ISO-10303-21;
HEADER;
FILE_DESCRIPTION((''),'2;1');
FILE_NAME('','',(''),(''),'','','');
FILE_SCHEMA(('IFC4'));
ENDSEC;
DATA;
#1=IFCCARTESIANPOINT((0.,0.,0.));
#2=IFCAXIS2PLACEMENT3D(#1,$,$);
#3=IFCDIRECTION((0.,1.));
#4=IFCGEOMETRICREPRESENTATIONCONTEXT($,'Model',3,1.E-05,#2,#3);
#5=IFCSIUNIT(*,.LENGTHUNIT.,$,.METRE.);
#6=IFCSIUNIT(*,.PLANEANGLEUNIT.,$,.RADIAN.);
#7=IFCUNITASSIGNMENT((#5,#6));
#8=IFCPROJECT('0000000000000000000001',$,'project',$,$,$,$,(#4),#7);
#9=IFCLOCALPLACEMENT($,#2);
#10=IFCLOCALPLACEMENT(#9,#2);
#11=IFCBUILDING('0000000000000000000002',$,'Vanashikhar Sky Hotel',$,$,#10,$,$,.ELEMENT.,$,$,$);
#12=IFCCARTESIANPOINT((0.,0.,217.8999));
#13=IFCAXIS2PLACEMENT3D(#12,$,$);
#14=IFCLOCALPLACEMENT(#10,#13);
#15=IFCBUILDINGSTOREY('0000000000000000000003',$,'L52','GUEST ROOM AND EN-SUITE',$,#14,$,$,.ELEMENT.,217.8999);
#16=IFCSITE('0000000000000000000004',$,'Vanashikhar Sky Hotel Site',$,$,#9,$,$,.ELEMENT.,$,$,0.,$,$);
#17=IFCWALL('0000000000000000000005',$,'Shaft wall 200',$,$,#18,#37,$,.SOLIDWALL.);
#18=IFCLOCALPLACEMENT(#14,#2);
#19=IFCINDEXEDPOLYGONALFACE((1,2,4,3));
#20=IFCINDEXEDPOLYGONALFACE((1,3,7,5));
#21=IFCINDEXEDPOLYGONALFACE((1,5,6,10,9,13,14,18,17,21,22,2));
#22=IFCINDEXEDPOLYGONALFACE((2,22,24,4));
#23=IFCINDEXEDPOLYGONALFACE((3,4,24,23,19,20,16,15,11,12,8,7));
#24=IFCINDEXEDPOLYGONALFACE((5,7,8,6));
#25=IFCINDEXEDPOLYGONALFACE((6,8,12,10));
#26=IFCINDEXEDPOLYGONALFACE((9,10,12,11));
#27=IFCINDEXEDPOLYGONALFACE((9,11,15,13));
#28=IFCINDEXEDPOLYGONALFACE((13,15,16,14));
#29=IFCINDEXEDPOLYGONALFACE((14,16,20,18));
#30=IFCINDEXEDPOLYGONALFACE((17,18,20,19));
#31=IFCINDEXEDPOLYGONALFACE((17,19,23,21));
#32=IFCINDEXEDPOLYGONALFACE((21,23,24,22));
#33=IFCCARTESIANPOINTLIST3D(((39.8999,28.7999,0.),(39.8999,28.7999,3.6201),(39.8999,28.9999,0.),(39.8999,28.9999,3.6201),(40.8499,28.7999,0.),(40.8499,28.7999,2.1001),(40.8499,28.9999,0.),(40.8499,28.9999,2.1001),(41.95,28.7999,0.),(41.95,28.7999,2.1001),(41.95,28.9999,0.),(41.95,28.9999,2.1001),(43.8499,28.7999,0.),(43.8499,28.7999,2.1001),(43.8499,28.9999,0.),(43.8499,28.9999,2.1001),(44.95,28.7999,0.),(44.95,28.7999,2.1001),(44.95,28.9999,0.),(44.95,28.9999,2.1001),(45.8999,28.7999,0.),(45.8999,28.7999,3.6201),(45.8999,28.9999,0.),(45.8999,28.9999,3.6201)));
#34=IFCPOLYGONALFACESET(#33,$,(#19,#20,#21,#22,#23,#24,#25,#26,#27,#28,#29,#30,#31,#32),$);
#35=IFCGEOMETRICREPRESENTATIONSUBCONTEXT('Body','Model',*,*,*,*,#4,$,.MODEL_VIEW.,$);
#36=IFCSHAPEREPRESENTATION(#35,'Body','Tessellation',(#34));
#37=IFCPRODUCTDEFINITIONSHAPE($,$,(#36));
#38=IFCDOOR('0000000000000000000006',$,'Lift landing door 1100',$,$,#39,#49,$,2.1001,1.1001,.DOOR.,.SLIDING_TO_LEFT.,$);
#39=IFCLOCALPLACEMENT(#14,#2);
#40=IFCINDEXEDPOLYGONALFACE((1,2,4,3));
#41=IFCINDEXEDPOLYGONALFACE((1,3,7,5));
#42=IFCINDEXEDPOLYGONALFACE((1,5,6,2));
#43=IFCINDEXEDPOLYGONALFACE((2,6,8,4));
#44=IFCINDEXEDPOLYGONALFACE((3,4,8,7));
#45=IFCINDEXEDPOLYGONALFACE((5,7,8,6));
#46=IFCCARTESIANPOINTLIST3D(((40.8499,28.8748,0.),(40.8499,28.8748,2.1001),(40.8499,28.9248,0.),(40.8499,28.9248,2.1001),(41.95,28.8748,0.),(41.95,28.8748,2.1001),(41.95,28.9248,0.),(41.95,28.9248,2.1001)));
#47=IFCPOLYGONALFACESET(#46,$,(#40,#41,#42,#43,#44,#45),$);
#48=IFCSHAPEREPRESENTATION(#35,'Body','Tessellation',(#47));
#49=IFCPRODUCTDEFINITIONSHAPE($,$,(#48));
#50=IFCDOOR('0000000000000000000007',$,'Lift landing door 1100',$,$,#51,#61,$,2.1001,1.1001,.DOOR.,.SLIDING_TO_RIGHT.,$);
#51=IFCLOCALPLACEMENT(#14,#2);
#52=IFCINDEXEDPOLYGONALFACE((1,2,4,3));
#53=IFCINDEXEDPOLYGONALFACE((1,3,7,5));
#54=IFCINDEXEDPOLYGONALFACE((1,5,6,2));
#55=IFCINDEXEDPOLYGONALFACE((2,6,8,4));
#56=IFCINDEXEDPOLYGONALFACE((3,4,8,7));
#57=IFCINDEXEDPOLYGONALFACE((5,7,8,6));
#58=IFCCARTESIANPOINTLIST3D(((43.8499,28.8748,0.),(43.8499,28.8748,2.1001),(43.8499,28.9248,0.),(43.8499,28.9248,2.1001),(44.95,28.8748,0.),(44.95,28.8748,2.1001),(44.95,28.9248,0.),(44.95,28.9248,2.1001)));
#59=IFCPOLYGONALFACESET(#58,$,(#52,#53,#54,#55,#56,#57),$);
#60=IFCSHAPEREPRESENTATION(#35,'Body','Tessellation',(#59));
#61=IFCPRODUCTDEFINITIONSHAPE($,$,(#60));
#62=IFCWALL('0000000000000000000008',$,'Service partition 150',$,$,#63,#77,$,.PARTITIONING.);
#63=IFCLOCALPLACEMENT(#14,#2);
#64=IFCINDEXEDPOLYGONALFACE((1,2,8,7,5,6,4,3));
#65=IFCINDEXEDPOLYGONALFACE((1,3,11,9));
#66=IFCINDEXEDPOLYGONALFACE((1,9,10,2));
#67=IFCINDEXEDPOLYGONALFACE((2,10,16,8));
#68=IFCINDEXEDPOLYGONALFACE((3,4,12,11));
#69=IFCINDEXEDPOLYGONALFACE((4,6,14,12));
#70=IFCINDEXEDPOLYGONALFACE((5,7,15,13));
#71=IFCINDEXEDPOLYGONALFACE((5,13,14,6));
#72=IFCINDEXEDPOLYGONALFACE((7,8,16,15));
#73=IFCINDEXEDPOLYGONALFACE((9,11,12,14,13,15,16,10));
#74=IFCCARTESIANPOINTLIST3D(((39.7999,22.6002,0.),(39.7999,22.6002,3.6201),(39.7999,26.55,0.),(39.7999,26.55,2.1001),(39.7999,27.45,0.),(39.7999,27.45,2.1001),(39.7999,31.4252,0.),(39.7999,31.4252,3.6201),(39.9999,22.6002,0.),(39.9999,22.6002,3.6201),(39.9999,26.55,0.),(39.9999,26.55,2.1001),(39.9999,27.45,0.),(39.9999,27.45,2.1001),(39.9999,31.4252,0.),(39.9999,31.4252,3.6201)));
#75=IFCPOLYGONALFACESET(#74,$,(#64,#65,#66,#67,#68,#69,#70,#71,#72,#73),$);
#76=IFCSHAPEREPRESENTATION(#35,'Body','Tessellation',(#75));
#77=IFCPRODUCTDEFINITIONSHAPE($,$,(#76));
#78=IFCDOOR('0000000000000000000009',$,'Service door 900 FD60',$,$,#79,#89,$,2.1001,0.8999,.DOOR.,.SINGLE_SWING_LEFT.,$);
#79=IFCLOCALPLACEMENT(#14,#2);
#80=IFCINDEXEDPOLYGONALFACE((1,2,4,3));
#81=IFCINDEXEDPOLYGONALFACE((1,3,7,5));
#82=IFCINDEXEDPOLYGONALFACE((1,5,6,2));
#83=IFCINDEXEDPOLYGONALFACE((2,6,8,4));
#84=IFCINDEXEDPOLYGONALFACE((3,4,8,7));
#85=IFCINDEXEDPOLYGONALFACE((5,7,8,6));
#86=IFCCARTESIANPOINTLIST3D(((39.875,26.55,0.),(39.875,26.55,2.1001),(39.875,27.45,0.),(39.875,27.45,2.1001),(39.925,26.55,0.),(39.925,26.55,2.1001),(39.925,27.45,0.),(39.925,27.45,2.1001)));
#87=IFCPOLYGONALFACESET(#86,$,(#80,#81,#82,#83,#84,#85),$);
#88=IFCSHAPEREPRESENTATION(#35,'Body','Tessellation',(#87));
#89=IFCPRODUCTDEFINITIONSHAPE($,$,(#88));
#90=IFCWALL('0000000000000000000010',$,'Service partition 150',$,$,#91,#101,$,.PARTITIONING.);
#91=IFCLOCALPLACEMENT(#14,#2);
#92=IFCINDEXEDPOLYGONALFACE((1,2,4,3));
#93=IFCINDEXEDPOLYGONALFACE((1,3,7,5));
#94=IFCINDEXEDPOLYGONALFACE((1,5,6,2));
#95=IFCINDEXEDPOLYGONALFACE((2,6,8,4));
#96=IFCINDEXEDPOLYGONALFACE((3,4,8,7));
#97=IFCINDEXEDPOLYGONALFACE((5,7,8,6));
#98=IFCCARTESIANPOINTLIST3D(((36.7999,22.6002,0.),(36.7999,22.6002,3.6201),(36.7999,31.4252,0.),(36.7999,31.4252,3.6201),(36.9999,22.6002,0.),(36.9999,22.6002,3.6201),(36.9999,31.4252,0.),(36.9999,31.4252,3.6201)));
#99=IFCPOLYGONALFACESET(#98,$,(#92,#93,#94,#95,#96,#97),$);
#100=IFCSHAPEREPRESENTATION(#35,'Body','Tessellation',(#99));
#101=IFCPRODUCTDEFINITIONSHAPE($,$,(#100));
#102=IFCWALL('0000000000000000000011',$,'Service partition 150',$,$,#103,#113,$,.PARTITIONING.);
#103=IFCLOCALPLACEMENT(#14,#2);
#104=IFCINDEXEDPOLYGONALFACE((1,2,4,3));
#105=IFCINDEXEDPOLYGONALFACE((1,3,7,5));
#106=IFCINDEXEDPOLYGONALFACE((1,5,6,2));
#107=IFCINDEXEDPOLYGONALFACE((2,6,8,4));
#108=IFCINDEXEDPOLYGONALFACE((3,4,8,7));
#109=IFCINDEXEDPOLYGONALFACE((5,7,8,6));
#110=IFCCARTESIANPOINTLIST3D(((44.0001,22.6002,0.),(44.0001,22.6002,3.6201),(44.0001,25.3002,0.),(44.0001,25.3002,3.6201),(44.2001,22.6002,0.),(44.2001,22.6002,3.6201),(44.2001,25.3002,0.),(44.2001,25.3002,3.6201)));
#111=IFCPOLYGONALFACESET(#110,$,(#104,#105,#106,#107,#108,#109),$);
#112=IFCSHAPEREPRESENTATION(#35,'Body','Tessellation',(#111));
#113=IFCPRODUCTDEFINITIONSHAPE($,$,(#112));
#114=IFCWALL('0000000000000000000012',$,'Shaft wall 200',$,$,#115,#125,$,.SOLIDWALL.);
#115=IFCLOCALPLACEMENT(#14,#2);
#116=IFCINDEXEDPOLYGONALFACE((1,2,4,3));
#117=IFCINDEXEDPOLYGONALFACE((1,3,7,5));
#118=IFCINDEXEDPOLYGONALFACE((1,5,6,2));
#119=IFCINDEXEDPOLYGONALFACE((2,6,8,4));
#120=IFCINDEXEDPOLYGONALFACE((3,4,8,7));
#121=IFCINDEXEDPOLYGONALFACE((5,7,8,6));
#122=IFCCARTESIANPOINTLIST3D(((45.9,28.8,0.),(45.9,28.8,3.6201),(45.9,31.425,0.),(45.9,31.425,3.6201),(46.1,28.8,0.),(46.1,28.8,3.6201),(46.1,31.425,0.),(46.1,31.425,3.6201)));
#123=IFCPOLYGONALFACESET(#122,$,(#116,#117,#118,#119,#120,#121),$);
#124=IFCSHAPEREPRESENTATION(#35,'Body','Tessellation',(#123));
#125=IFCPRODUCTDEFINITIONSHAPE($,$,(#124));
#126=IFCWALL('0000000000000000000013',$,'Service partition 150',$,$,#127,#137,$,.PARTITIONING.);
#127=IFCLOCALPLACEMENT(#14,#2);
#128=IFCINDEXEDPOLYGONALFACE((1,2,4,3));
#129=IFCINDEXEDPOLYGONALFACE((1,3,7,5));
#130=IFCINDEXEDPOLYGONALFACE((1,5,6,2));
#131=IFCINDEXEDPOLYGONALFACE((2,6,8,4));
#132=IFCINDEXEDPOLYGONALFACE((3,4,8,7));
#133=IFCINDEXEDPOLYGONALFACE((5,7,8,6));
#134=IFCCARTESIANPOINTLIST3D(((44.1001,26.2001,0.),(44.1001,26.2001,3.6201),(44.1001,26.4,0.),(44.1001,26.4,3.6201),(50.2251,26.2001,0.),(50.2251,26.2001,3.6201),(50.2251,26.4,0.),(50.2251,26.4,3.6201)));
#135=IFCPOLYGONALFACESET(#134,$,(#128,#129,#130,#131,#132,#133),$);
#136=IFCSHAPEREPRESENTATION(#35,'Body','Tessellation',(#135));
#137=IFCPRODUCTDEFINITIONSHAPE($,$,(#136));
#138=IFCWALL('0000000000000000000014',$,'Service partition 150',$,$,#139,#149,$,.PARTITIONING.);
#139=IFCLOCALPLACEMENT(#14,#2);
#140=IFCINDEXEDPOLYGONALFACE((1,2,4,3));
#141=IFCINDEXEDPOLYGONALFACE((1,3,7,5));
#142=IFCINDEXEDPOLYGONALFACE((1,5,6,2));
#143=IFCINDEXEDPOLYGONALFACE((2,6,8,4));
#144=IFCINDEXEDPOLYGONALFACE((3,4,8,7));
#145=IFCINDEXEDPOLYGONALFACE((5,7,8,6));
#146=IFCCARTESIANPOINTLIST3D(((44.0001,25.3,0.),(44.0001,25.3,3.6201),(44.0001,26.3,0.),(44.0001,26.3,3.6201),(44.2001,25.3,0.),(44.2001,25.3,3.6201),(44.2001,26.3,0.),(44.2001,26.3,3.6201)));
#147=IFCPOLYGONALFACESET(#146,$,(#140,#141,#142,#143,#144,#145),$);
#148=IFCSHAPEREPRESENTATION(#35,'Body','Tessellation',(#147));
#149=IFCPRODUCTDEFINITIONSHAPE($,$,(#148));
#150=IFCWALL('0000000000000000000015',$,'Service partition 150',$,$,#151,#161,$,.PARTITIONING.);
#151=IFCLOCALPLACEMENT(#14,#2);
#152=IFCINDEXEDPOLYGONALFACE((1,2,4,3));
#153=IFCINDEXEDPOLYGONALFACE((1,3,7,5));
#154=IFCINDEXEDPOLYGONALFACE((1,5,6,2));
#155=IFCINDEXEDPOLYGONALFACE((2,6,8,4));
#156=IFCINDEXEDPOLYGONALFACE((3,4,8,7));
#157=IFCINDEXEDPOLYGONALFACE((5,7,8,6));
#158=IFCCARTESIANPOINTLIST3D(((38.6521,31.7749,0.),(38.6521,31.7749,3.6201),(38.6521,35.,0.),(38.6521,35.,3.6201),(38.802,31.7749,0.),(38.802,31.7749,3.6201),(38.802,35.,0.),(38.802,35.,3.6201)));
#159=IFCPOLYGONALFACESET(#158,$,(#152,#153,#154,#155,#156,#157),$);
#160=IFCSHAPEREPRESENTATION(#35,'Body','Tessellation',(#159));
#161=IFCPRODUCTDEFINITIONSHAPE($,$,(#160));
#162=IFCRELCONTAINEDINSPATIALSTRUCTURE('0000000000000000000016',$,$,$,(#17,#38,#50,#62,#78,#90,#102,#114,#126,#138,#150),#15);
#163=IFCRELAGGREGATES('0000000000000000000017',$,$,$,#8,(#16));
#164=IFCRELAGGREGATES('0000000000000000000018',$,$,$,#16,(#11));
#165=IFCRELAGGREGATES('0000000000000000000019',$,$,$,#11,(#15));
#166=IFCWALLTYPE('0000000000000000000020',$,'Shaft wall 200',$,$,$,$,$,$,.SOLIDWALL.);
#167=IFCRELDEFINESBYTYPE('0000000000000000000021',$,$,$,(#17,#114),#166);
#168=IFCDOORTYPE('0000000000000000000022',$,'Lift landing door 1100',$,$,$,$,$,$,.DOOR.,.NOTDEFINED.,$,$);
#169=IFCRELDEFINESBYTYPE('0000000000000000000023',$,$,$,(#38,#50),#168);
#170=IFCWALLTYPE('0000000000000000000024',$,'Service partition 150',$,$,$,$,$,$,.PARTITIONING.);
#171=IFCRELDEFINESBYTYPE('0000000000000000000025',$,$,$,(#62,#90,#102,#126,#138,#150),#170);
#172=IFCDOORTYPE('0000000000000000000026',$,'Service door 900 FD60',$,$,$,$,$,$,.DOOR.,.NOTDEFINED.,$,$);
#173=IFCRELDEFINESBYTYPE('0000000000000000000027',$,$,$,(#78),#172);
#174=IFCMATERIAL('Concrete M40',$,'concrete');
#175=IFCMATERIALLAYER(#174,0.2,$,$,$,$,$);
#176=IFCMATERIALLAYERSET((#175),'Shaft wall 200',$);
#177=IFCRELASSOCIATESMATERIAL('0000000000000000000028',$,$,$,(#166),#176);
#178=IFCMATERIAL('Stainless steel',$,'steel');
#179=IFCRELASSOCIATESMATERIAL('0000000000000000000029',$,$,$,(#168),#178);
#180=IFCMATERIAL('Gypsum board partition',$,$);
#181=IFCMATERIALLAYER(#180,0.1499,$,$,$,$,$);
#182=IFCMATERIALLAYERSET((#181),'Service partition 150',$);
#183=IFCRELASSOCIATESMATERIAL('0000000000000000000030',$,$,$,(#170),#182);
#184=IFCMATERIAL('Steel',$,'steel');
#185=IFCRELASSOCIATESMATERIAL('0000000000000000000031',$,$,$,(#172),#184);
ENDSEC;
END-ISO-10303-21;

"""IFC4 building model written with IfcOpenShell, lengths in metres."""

from ifc_helpers import new_model, si_unit, direction, frame, frame_2d, origin, place, context, subcontext, project, spatial, rectangle, extrude, source, transform, mapped, material, layer, layer_set, type_object, element, fill, save


model = new_model("IFC4")

# Units and contexts
model_context = context("Model", 3, precision=1e-05, world=origin(), true_north=direction((0.0, 1.0)))
body_context = subcontext(model_context, "Body", "Model", "MODEL_VIEW")
ifc_project = project(units=[si_unit("LENGTHUNIT", "METRE"), si_unit("PLANEANGLEUNIT", "RADIAN")], contexts=[model_context])

# Site, building, storey
site_placement = place(None, origin())
site = spatial("IfcSite", under=ifc_project, at=site_placement, Name="Vanashikhar Sky Hotel Site", CompositionType="ELEMENT", RefElevation=0.0)
building_placement = place(site_placement, origin())
building = spatial("IfcBuilding", under=site, at=building_placement, Name="Vanashikhar Sky Hotel", CompositionType="ELEMENT")
storey_placement = place(building_placement, frame((0.0, 0.0, 217.8999)))
storey = spatial("IfcBuildingStorey", under=building, at=storey_placement, Name="L52", Description="GUEST ROOM AND EN-SUITE", CompositionType="ELEMENT", Elevation=217.8999)

# Wall, openings, doors
ifc_material_1 = material(Name="Concrete M40", Category="concrete")
ifc_layer_1 = layer(ifc_material_1, 0.2)
ifc_layer_set_1 = layer_set([ifc_layer_1], Name="Shaft wall 200")
wall_type_1 = type_object("IfcWallType", Name="Shaft wall 200", PredefinedType="SOLIDWALL", material=ifc_layer_set_1)
shared_shape_1 = source(origin(), body_context, "Body", "SweptSolid", [
    extrude(rectangle(XDim=6.0, YDim=0.2, at=frame_2d((3.0, 0.0))), origin(), (0.0, 0.0, 1.0), 3.6201),
])
wall_1_placement = place(storey_placement, frame((39.8999, 28.8999, 0.0), z_axis=(0.0, 0.0, 1.0), x_axis=(1.0, 0.0, 0.0)))
wall_1 = element("IfcWall", 1, at=wall_1_placement, inside=storey, type_object=wall_type_1, Name="Shaft wall 200", PredefinedType="SOLIDWALL", context=body_context, shape_type="MappedRepresentation", body=[
    mapped(shared_shape_1, transform((0.0, 0.0, 0.0), scale=1.0)),
])
shared_shape_2 = source(origin(), body_context, "Body", "SweptSolid", [
    extrude(rectangle(XDim=1.1001, YDim=2.1001, at=frame_2d((0.55, 1.05))), frame((0.0, 0.1099, 0.0), z_axis=(0.0, -1.0, 0.0), x_axis=(1.0, 0.0, 0.0)), (0.0, 0.0, 1.0), 0.22),
])
opening_1_placement = place(wall_1_placement, frame((0.95, 0.0, 0.0)))
opening_1 = element("IfcOpeningElement", 2, at=opening_1_placement, cuts=wall_1, PredefinedType="OPENING", context=body_context, shape_type="MappedRepresentation", body=[
    mapped(shared_shape_2, transform((0.0, 0.0, 0.0), scale=1.0)),
])
opening_2_placement = place(wall_1_placement, frame((3.95, 0.0, 0.0)))
opening_2 = element("IfcOpeningElement", 3, at=opening_2_placement, cuts=wall_1, PredefinedType="OPENING", context=body_context, shape_type="MappedRepresentation", body=[
    mapped(shared_shape_2, transform((0.0, 0.0, 0.0), scale=1.0)),
])
ifc_material_2 = material(Name="Stainless steel", Category="steel")
door_type_1 = type_object("IfcDoorType", Name="Lift landing door 1100", OperationType="NOTDEFINED", PredefinedType="DOOR", material=ifc_material_2)
shared_shape_3 = source(origin(), body_context, "Body", "SweptSolid", [
    extrude(rectangle(XDim=1.1001, YDim=2.1001, at=frame_2d((0.55, 1.05))), frame((0.0, 0.0249, 0.0), z_axis=(0.0, -1.0, 0.0), x_axis=(1.0, 0.0, 0.0)), (0.0, 0.0, 1.0), 0.05),
])
door_1_placement = place(opening_1_placement, origin())
door_1 = element("IfcDoor", 4, at=door_1_placement, inside=storey, type_object=door_type_1, Name="Lift landing door 1100", OperationType="SLIDING_TO_LEFT", OverallHeight=2.1001, OverallWidth=1.1001, PredefinedType="DOOR", context=body_context, shape_type="MappedRepresentation", body=[
    mapped(shared_shape_3, transform((0.0, 0.0, 0.0), scale=1.0)),
])
fill(opening_1, door_1)
door_2_placement = place(opening_2_placement, origin())
door_2 = element("IfcDoor", 5, at=door_2_placement, inside=storey, type_object=door_type_1, Name="Lift landing door 1100", OperationType="SLIDING_TO_RIGHT", OverallHeight=2.1001, OverallWidth=1.1001, PredefinedType="DOOR", context=body_context, shape_type="MappedRepresentation", body=[
    mapped(shared_shape_3, transform((0.0, 0.0, 0.0), scale=1.0)),
])
fill(opening_2, door_2)

# Wall, opening, door
ifc_material_3 = material(Name="Gypsum board partition")
ifc_layer_2 = layer(ifc_material_3, 0.1499)
ifc_layer_set_2 = layer_set([ifc_layer_2], Name="Service partition 150")
wall_type_2 = type_object("IfcWallType", Name="Service partition 150", PredefinedType="PARTITIONING", material=ifc_layer_set_2)
shared_shape_4 = source(origin(), body_context, "Body", "SweptSolid", [
    extrude(rectangle(XDim=8.825, YDim=0.2, at=frame_2d((4.4126, 0.0))), origin(), (0.0, 0.0, 1.0), 3.6201),
])
wall_2_placement = place(storey_placement, frame((39.8999, 22.6001, 0.0), z_axis=(0.0, 0.0, 1.0), x_axis=(0.0, 1.0, 0.0)))
wall_2 = element("IfcWall", 6, at=wall_2_placement, inside=storey, type_object=wall_type_2, Name="Service partition 150", PredefinedType="PARTITIONING", context=body_context, shape_type="MappedRepresentation", body=[
    mapped(shared_shape_4, transform((0.0, 0.0, 0.0), scale=1.0)),
])
shared_shape_5 = source(origin(), body_context, "Body", "SweptSolid", [
    extrude(rectangle(XDim=0.8999, YDim=2.1001, at=frame_2d((0.45, 1.05))), frame((0.0, 0.1099, 0.0), z_axis=(0.0, -1.0, 0.0), x_axis=(1.0, 0.0, 0.0)), (0.0, 0.0, 1.0), 0.22),
])
opening_3_placement = place(wall_2_placement, frame((3.95, 0.0, 0.0)))
opening_3 = element("IfcOpeningElement", 7, at=opening_3_placement, cuts=wall_2, PredefinedType="OPENING", context=body_context, shape_type="MappedRepresentation", body=[
    mapped(shared_shape_5, transform((0.0, 0.0, 0.0), scale=1.0)),
])
ifc_material_4 = material(Name="Steel", Category="steel")
door_type_2 = type_object("IfcDoorType", Name="Service door 900 FD60", OperationType="NOTDEFINED", PredefinedType="DOOR", material=ifc_material_4)
shared_shape_6 = source(origin(), body_context, "Body", "SweptSolid", [
    extrude(rectangle(XDim=0.8999, YDim=2.1001, at=frame_2d((0.45, 1.05))), frame((0.0, 0.0249, 0.0), z_axis=(0.0, -1.0, 0.0), x_axis=(1.0, 0.0, 0.0)), (0.0, 0.0, 1.0), 0.05),
])
door_3_placement = place(opening_3_placement, origin())
door_3 = element("IfcDoor", 8, at=door_3_placement, inside=storey, type_object=door_type_2, Name="Service door 900 FD60", OperationType="SINGLE_SWING_LEFT", OverallHeight=2.1001, OverallWidth=0.8999, PredefinedType="DOOR", context=body_context, shape_type="MappedRepresentation", body=[
    mapped(shared_shape_6, transform((0.0, 0.0, 0.0), scale=1.0)),
])
fill(opening_3, door_3)

# Walls
wall_3_placement = place(storey_placement, frame((36.8999, 22.6001, 0.0), z_axis=(0.0, 0.0, 1.0), x_axis=(0.0, 1.0, 0.0)))
element("IfcWall", 9, at=wall_3_placement, inside=storey, type_object=wall_type_2, Name="Service partition 150", PredefinedType="PARTITIONING", context=body_context, shape_type="MappedRepresentation", body=[
    mapped(shared_shape_4, transform((0.0, 0.0, 0.0), scale=1.0)),
])
shared_shape_7 = source(origin(), body_context, "Body", "SweptSolid", [
    extrude(rectangle(XDim=2.7, YDim=0.2, at=frame_2d((1.3501, 0.0))), origin(), (0.0, 0.0, 1.0), 3.6201),
])
wall_4_placement = place(storey_placement, frame((44.1001, 22.6001, 0.0), z_axis=(0.0, 0.0, 1.0), x_axis=(0.0, 1.0, 0.0)))
element("IfcWall", 10, at=wall_4_placement, inside=storey, type_object=wall_type_2, Name="Service partition 150", PredefinedType="PARTITIONING", context=body_context, shape_type="MappedRepresentation", body=[
    mapped(shared_shape_7, transform((0.0, 0.0, 0.0), scale=1.0)),
])
shared_shape_8 = source(origin(), body_context, "Body", "SweptSolid", [
    extrude(rectangle(XDim=2.625, YDim=0.2, at=frame_2d((1.3125, 0.0))), origin(), (0.0, 0.0, 1.0), 3.6201),
])
wall_5_placement = place(storey_placement, frame((46.0, 28.8, 0.0), z_axis=(0.0, 0.0, 1.0), x_axis=(0.0, 1.0, 0.0)))
element("IfcWall", 11, at=wall_5_placement, inside=storey, type_object=wall_type_1, Name="Shaft wall 200", PredefinedType="SOLIDWALL", context=body_context, shape_type="MappedRepresentation", body=[
    mapped(shared_shape_8, transform((0.0, 0.0, 0.0), scale=1.0)),
])
shared_shape_9 = source(origin(), body_context, "Body", "SweptSolid", [
    extrude(rectangle(XDim=6.125, YDim=0.2, at=frame_2d((3.0625, 0.0))), origin(), (0.0, 0.0, 1.0), 3.6201),
])
wall_6_placement = place(storey_placement, frame((44.1001, 26.3, 0.0), z_axis=(0.0, 0.0, 1.0), x_axis=(1.0, 0.0, 0.0)))
element("IfcWall", 12, at=wall_6_placement, inside=storey, type_object=wall_type_2, Name="Service partition 150", PredefinedType="PARTITIONING", context=body_context, shape_type="MappedRepresentation", body=[
    mapped(shared_shape_9, transform((0.0, 0.0, 0.0), scale=1.0)),
])
shared_shape_10 = source(origin(), body_context, "Body", "SweptSolid", [
    extrude(rectangle(XDim=1.0, YDim=0.2, at=frame_2d((0.5, 0.0))), origin(), (0.0, 0.0, 1.0), 3.6201),
])
wall_7_placement = place(storey_placement, frame((44.1001, 25.3, 0.0), z_axis=(0.0, 0.0, 1.0), x_axis=(0.0, 1.0, 0.0)))
element("IfcWall", 13, at=wall_7_placement, inside=storey, type_object=wall_type_2, Name="Service partition 150", PredefinedType="PARTITIONING", context=body_context, shape_type="MappedRepresentation", body=[
    mapped(shared_shape_10, transform((0.0, 0.0, 0.0), scale=1.0)),
])
shared_shape_11 = source(origin(), body_context, "Body", "SweptSolid", [
    extrude(rectangle(XDim=3.2251, YDim=0.1499, at=frame_2d((1.6125, 0.0))), origin(), (0.0, 0.0, 1.0), 3.6201),
])
wall_8_placement = place(storey_placement, frame((38.7271, 31.7749, 0.0), z_axis=(0.0, 0.0, 1.0), x_axis=(0.0, 1.0, 0.0)))
element("IfcWall", 14, at=wall_8_placement, inside=storey, type_object=wall_type_2, Name="Service partition 150", PredefinedType="PARTITIONING", context=body_context, shape_type="MappedRepresentation", body=[
    mapped(shared_shape_11, transform((0.0, 0.0, 0.0), scale=1.0)),
])

save(model, "model.ifc")
